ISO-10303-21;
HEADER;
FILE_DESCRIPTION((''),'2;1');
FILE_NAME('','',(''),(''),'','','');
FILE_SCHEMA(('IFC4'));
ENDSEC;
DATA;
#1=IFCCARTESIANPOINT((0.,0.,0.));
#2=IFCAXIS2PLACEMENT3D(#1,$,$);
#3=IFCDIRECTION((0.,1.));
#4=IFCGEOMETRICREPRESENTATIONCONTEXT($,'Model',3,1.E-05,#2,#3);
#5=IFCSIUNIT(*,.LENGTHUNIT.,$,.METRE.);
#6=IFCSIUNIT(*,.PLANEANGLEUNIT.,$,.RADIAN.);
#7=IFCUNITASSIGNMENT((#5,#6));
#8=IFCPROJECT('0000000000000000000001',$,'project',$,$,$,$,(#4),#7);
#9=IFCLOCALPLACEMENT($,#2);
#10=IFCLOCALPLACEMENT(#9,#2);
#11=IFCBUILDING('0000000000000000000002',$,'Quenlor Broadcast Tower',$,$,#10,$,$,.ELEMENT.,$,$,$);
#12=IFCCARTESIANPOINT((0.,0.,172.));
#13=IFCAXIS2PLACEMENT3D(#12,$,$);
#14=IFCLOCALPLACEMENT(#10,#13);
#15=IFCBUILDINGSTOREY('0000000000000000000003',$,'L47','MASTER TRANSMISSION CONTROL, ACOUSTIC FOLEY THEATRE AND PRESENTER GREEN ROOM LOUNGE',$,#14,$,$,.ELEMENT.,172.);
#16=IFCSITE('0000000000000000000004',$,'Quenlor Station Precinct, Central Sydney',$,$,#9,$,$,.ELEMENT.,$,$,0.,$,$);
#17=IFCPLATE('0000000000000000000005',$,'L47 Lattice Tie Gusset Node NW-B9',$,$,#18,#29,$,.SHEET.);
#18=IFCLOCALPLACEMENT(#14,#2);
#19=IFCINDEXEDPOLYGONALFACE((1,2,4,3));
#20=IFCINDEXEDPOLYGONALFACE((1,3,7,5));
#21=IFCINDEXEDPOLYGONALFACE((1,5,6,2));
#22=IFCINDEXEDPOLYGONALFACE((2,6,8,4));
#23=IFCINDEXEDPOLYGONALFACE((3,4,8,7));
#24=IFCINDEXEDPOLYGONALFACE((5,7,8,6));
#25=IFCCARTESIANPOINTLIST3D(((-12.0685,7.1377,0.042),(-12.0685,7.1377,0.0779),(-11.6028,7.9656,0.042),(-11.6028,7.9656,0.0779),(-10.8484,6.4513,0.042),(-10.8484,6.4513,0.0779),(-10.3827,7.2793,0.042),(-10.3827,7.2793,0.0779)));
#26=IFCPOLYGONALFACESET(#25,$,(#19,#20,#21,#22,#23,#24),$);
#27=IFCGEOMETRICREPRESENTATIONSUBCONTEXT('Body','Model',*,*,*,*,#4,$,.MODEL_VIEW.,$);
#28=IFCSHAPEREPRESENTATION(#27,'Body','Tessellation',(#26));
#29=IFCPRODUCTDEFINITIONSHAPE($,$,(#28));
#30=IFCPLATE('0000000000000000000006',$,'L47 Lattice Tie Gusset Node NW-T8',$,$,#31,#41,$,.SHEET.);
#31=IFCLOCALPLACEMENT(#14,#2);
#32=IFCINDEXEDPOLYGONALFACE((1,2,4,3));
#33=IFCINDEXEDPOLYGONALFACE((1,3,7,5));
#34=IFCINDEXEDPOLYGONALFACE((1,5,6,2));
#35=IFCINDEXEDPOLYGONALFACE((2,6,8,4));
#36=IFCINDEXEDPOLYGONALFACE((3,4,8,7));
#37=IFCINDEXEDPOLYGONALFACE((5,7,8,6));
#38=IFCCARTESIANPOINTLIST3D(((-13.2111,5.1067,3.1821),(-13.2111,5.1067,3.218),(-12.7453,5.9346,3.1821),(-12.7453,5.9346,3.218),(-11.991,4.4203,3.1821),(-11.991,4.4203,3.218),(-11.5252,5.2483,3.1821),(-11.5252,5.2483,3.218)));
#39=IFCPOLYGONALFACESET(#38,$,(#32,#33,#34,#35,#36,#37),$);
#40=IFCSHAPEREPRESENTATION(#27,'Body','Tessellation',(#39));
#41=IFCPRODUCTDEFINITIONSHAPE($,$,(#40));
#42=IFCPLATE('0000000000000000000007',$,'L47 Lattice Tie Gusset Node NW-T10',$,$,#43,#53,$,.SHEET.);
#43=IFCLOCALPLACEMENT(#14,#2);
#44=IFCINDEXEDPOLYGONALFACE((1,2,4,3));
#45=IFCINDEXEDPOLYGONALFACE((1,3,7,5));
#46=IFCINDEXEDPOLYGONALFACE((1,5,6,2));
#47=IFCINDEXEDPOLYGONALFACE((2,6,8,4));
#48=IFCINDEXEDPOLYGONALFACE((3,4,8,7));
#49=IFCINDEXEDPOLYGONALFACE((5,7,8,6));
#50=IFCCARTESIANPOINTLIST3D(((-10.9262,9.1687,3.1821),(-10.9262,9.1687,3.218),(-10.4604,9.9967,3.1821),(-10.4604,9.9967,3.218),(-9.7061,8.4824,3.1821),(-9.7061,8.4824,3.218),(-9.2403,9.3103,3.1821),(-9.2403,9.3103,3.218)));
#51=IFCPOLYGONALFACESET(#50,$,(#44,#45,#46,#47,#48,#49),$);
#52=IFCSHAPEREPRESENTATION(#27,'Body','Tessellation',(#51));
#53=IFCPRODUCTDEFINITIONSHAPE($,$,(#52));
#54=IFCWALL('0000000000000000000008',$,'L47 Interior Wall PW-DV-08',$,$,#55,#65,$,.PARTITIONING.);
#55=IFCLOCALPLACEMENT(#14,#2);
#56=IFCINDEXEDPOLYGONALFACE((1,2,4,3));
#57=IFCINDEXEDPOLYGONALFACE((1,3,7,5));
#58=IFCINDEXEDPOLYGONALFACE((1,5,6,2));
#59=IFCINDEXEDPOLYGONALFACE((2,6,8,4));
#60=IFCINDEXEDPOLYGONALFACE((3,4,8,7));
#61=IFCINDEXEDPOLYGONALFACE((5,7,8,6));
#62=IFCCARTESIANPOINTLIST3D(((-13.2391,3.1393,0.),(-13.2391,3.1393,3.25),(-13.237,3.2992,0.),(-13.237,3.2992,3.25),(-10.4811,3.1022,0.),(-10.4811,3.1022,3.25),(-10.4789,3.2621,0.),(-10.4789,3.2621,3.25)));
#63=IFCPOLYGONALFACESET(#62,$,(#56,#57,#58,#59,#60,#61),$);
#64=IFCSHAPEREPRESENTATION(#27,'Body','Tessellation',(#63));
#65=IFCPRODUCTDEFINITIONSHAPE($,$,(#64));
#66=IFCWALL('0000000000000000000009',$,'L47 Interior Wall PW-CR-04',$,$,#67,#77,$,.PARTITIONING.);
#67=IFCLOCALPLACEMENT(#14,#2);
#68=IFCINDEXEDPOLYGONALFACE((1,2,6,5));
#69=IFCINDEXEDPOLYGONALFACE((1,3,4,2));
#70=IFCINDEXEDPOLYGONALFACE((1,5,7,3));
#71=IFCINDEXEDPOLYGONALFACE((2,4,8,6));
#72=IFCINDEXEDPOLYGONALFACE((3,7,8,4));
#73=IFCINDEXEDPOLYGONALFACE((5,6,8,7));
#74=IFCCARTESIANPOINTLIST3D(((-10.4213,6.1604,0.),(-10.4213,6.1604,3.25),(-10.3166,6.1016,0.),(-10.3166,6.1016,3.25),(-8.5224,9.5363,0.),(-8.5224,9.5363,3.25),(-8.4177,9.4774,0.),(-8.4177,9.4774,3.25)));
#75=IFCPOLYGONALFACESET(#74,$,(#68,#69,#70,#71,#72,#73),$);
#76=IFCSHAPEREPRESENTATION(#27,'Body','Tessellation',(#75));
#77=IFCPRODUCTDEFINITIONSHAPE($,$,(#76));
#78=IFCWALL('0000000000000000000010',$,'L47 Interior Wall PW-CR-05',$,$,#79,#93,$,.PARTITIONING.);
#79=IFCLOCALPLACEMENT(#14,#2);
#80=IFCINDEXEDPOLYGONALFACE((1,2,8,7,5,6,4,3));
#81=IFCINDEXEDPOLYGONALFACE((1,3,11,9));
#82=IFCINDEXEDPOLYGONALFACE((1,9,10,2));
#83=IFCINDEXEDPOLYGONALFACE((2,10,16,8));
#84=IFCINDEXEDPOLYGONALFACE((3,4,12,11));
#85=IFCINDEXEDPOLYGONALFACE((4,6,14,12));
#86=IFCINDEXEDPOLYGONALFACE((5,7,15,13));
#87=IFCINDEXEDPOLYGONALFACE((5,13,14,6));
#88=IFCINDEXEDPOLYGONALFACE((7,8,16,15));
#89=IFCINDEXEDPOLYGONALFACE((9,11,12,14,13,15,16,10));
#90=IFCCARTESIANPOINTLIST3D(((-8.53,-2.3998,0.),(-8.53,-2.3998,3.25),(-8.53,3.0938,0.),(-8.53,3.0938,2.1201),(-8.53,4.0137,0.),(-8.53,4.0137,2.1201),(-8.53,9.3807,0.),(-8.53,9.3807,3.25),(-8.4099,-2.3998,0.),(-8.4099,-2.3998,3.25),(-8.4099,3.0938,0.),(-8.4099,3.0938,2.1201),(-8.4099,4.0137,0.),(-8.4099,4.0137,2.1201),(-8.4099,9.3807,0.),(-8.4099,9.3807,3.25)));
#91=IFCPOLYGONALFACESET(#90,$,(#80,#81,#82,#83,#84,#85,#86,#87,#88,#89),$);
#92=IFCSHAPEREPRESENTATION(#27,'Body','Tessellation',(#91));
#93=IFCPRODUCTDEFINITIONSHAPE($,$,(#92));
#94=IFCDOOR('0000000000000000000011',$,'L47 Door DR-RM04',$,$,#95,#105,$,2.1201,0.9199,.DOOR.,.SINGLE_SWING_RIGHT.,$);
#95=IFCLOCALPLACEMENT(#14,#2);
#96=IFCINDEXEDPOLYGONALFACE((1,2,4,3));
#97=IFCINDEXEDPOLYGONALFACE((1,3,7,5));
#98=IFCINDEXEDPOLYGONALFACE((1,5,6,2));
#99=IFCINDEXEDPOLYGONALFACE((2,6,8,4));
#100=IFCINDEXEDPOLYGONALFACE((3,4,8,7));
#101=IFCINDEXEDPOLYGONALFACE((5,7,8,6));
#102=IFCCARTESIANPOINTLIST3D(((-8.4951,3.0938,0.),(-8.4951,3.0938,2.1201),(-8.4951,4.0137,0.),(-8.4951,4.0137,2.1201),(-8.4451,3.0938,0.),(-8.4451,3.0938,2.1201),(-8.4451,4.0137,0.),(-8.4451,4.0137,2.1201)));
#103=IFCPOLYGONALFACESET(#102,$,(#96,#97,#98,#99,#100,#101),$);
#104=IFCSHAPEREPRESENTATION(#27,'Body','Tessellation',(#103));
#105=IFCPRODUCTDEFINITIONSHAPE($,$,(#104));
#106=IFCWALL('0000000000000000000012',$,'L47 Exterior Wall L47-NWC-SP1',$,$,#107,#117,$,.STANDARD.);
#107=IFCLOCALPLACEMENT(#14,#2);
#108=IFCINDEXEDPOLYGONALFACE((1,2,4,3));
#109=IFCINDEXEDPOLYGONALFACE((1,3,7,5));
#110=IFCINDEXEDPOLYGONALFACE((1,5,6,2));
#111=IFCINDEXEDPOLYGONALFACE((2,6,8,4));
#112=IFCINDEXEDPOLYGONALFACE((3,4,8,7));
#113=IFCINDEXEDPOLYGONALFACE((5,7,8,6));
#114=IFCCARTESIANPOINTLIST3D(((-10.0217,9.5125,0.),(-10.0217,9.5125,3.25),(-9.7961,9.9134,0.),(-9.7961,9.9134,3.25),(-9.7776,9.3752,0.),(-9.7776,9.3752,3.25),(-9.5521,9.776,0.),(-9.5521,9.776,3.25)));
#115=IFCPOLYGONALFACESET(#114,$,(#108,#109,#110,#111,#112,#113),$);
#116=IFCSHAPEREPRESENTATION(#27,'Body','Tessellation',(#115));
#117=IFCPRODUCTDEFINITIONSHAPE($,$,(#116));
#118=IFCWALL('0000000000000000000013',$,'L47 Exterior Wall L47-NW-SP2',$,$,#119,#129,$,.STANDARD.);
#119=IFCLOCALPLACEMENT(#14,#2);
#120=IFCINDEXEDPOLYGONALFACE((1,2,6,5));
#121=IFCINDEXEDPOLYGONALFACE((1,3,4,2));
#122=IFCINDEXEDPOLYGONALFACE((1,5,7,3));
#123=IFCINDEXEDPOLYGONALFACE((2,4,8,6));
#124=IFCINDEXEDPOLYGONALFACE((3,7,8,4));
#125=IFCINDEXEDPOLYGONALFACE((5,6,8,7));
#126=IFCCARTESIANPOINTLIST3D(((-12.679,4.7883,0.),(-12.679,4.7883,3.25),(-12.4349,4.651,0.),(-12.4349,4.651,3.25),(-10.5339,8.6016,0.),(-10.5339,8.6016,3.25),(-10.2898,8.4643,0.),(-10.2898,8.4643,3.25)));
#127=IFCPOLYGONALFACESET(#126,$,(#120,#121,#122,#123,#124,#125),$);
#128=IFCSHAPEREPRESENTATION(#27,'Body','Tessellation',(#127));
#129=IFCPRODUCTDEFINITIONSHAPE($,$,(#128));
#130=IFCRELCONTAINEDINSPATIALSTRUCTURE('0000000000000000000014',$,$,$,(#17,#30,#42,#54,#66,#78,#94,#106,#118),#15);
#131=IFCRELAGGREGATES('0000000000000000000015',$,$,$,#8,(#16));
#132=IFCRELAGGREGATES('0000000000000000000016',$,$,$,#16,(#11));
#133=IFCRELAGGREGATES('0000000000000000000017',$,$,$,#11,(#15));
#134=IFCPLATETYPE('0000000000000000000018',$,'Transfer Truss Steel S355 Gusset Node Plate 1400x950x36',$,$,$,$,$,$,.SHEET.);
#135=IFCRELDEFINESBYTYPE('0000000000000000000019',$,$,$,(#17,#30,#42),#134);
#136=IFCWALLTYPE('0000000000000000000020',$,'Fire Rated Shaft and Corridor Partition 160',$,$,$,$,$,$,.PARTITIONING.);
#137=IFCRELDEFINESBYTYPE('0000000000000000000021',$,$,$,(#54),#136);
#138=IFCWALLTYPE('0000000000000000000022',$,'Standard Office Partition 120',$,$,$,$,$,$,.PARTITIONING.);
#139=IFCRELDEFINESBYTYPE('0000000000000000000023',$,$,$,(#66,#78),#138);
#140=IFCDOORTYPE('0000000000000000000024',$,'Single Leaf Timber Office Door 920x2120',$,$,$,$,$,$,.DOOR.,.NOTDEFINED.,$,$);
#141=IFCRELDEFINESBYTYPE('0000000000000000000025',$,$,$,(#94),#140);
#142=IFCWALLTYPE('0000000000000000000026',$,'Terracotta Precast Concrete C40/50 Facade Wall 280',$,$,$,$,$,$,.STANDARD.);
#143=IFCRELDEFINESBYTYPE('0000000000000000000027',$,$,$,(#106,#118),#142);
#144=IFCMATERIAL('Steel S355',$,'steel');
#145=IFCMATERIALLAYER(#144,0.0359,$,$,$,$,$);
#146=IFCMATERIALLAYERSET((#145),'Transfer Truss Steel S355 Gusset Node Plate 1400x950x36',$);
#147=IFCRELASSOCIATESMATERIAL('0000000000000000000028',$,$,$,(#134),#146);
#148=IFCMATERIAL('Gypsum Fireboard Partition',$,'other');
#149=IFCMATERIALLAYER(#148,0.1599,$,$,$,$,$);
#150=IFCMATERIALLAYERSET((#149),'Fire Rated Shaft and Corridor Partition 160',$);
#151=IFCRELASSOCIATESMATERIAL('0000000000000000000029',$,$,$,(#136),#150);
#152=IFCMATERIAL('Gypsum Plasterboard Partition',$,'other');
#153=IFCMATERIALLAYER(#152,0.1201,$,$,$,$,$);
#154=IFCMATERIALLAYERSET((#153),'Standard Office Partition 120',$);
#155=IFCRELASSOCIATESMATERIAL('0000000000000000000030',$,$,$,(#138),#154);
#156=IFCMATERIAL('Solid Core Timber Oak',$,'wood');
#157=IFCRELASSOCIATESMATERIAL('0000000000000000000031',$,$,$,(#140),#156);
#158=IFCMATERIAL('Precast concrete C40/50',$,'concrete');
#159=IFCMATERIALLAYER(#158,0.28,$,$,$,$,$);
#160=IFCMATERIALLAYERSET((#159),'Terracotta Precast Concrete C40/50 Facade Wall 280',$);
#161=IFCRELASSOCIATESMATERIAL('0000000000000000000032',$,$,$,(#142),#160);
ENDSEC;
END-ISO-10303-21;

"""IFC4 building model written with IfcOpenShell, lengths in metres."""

from ifc_helpers import new_model, si_unit, direction, frame, frame_2d, origin, origin_2d, place, context, subcontext, project, spatial, rectangle, extrude, material, layer, layer_set, type_object, element, fill, save


model = new_model("IFC4")

# Units and contexts
model_context = context("Model", 3, precision=1e-05, world=origin(), true_north=direction((0.0, 1.0)))
body_context = subcontext(model_context, "Body", "Model", "MODEL_VIEW")
ifc_project = project(units=[si_unit("LENGTHUNIT", "METRE"), si_unit("PLANEANGLEUNIT", "RADIAN")], contexts=[model_context])

# Site, building, storey
site_placement = place(None, origin())
site = spatial("IfcSite", under=ifc_project, at=site_placement, Name="Quenlor Station Precinct, Central Sydney", CompositionType="ELEMENT", RefElevation=0.0)
building_placement = place(site_placement, origin())
building = spatial("IfcBuilding", under=site, at=building_placement, Name="Quenlor Broadcast Tower", CompositionType="ELEMENT")
storey_placement = place(building_placement, frame((0.0, 0.0, 172.0)))
storey = spatial("IfcBuildingStorey", under=building, at=storey_placement, Name="L47", Description="MASTER TRANSMISSION CONTROL, ACOUSTIC FOLEY THEATRE AND PRESENTER GREEN ROOM LOUNGE", CompositionType="ELEMENT", Elevation=172.0)

# Plates
ifc_material_1 = material(Name="Steel S355", Category="steel")
ifc_layer_1 = layer(ifc_material_1, 0.0359)
ifc_layer_set_1 = layer_set([ifc_layer_1], Name="Transfer Truss Steel S355 Gusset Node Plate 1400x950x36")
plate_type_1 = type_object("IfcPlateType", Name="Transfer Truss Steel S355 Gusset Node Plate 1400x950x36", PredefinedType="SHEET", material=ifc_layer_set_1)
for number, where, z_axis, x_axis, name in (
    (1, (-11.2256, 7.2085, 0.042), (0.0, 0.0, 1.0), (-0.871556, 0.490295, 0.0), "L47 Lattice Tie Gusset Node NW-B9"),
    (2, (-12.3682, 5.1775, 3.1821), (0.0, 0.0, 1.0), (-0.871556, 0.490295, 0.0), "L47 Lattice Tie Gusset Node NW-T8"),
    (3, (-10.0833, 9.2395, 3.1821), (0.0, 0.0, 1.0), (-0.871556, 0.490295, 0.0), "L47 Lattice Tie Gusset Node NW-T10"),
):
    element("IfcPlate", number, at=place(storey_placement, frame(where, z_axis=z_axis, x_axis=x_axis)), inside=storey, type_object=plate_type_1, Name=name, PredefinedType="SHEET", context=body_context, shape_type="SweptSolid", body=[
        extrude(rectangle(XDim=1.3999, YDim=0.95, at=origin_2d()), origin(), (0.0, 0.0, 1.0), 0.0359),
    ])

# Walls
ifc_material_2 = material(Name="Gypsum Fireboard Partition", Category="other")
ifc_layer_2 = layer(ifc_material_2, 0.1599)
ifc_layer_set_2 = layer_set([ifc_layer_2], Name="Fire Rated Shaft and Corridor Partition 160")
wall_type_1 = type_object("IfcWallType", Name="Fire Rated Shaft and Corridor Partition 160", PredefinedType="PARTITIONING", material=ifc_layer_set_2)
wall_1_placement = place(storey_placement, frame((-10.48, 3.1821, 0.0), z_axis=(0.0, 0.0, 1.0), x_axis=(-0.999909, 0.013454, 0.0)))
element("IfcWall", 4, at=wall_1_placement, inside=storey, type_object=wall_type_1, Name="L47 Interior Wall PW-DV-08", PredefinedType="PARTITIONING", context=body_context, shape_type="SweptSolid", body=[
    extrude(rectangle(XDim=2.7583, YDim=0.1599, at=frame_2d((1.3792, 0.0))), origin(), (0.0, 0.0, 1.0), 3.25),
])
ifc_material_3 = material(Name="Gypsum Plasterboard Partition", Category="other")
ifc_layer_3 = layer(ifc_material_3, 0.1201)
ifc_layer_set_3 = layer_set([ifc_layer_3], Name="Standard Office Partition 120")
wall_type_2 = type_object("IfcWallType", Name="Standard Office Partition 120", PredefinedType="PARTITIONING", material=ifc_layer_set_3)
wall_2_placement = place(storey_placement, frame((-10.3689, 6.1311, 0.0), z_axis=(0.0, 0.0, 1.0), x_axis=(0.490249, 0.871582, 0.0)))
element("IfcWall", 5, at=wall_2_placement, inside=storey, type_object=wall_type_2, Name="L47 Interior Wall PW-CR-04", PredefinedType="PARTITIONING", context=body_context, shape_type="SweptSolid", body=[
    extrude(rectangle(XDim=3.8733, YDim=0.1201, at=frame_2d((1.9365, 0.0))), origin(), (0.0, 0.0, 1.0), 3.25),
])

# Wall, opening, door
wall_3_placement = place(storey_placement, frame((-8.47, 9.3806, 0.0), z_axis=(0.0, 0.0, 1.0), x_axis=(0.0, -1.0, 0.0)))
wall_3 = element("IfcWall", 6, at=wall_3_placement, inside=storey, type_object=wall_type_2, Name="L47 Interior Wall PW-CR-05", PredefinedType="PARTITIONING", context=body_context, shape_type="SweptSolid", body=[
    extrude(rectangle(XDim=11.7805, YDim=0.1201, at=frame_2d((5.8901, 0.0))), origin(), (0.0, 0.0, 1.0), 3.25),
])
opening_placement = place(wall_3_placement, frame((5.3669, 0.0, 0.0)))
opening = element("IfcOpeningElement", 7, at=opening_placement, cuts=wall_3, PredefinedType="OPENING", context=body_context, shape_type="SweptSolid", body=[
    extrude(rectangle(XDim=0.9199, YDim=2.1201, at=frame_2d((0.46, 1.0601))), frame((0.0, 0.0701, 0.0), z_axis=(0.0, -1.0, 0.0), x_axis=(1.0, 0.0, 0.0)), (0.0, 0.0, 1.0), 0.1401),
])
ifc_material_4 = material(Name="Solid Core Timber Oak", Category="wood")
door_type = type_object("IfcDoorType", Name="Single Leaf Timber Office Door 920x2120", OperationType="NOTDEFINED", PredefinedType="DOOR", material=ifc_material_4)
door_placement = place(opening_placement, origin())
door = element("IfcDoor", 8, at=door_placement, inside=storey, type_object=door_type, Name="L47 Door DR-RM04", OperationType="SINGLE_SWING_RIGHT", OverallHeight=2.1201, OverallWidth=0.9199, PredefinedType="DOOR", context=body_context, shape_type="SweptSolid", body=[
    extrude(rectangle(XDim=0.9199, YDim=2.1201, at=frame_2d((0.46, 1.0601))), frame((0.0, 0.0249, 0.0), z_axis=(0.0, -1.0, 0.0), x_axis=(1.0, 0.0, 0.0)), (0.0, 0.0, 1.0), 0.05),
])
fill(opening, door)

# Walls
ifc_material_5 = material(Name="Precast concrete C40/50", Category="concrete")
ifc_layer_4 = layer(ifc_material_5, 0.28)
ifc_layer_set_4 = layer_set([ifc_layer_4], Name="Terracotta Precast Concrete C40/50 Facade Wall 280")
wall_type_3 = type_object("IfcWallType", Name="Terracotta Precast Concrete C40/50 Facade Wall 280", PredefinedType="STANDARD", material=ifc_layer_set_4)
wall_4_placement = place(storey_placement, frame((-9.8997, 9.4438, 0.0), z_axis=(0.0, 0.0, 1.0), x_axis=(0.490412, 0.87149, 0.0)))
element("IfcWall", 9, at=wall_4_placement, inside=storey, type_object=wall_type_3, Name="L47 Exterior Wall L47-NWC-SP1", PredefinedType="STANDARD", context=body_context, shape_type="SweptSolid", body=[
    extrude(rectangle(XDim=0.46, YDim=0.28, at=frame_2d((0.23, 0.0))), origin(), (0.0, 0.0, 1.0), 3.25),
])
wall_5_placement = place(storey_placement, frame((-12.5569, 4.7197, 0.0), z_axis=(0.0, 0.0, 1.0), x_axis=(0.490274, 0.871568, 0.0)))
element("IfcWall", 10, at=wall_5_placement, inside=storey, type_object=wall_type_3, Name="L47 Exterior Wall L47-NW-SP2", PredefinedType="STANDARD", context=body_context, shape_type="SweptSolid", body=[
    extrude(rectangle(XDim=4.3752, YDim=0.28, at=frame_2d((2.1875, 0.0))), origin(), (0.0, 0.0, 1.0), 3.25),
])

save(model, "model.ifc")
